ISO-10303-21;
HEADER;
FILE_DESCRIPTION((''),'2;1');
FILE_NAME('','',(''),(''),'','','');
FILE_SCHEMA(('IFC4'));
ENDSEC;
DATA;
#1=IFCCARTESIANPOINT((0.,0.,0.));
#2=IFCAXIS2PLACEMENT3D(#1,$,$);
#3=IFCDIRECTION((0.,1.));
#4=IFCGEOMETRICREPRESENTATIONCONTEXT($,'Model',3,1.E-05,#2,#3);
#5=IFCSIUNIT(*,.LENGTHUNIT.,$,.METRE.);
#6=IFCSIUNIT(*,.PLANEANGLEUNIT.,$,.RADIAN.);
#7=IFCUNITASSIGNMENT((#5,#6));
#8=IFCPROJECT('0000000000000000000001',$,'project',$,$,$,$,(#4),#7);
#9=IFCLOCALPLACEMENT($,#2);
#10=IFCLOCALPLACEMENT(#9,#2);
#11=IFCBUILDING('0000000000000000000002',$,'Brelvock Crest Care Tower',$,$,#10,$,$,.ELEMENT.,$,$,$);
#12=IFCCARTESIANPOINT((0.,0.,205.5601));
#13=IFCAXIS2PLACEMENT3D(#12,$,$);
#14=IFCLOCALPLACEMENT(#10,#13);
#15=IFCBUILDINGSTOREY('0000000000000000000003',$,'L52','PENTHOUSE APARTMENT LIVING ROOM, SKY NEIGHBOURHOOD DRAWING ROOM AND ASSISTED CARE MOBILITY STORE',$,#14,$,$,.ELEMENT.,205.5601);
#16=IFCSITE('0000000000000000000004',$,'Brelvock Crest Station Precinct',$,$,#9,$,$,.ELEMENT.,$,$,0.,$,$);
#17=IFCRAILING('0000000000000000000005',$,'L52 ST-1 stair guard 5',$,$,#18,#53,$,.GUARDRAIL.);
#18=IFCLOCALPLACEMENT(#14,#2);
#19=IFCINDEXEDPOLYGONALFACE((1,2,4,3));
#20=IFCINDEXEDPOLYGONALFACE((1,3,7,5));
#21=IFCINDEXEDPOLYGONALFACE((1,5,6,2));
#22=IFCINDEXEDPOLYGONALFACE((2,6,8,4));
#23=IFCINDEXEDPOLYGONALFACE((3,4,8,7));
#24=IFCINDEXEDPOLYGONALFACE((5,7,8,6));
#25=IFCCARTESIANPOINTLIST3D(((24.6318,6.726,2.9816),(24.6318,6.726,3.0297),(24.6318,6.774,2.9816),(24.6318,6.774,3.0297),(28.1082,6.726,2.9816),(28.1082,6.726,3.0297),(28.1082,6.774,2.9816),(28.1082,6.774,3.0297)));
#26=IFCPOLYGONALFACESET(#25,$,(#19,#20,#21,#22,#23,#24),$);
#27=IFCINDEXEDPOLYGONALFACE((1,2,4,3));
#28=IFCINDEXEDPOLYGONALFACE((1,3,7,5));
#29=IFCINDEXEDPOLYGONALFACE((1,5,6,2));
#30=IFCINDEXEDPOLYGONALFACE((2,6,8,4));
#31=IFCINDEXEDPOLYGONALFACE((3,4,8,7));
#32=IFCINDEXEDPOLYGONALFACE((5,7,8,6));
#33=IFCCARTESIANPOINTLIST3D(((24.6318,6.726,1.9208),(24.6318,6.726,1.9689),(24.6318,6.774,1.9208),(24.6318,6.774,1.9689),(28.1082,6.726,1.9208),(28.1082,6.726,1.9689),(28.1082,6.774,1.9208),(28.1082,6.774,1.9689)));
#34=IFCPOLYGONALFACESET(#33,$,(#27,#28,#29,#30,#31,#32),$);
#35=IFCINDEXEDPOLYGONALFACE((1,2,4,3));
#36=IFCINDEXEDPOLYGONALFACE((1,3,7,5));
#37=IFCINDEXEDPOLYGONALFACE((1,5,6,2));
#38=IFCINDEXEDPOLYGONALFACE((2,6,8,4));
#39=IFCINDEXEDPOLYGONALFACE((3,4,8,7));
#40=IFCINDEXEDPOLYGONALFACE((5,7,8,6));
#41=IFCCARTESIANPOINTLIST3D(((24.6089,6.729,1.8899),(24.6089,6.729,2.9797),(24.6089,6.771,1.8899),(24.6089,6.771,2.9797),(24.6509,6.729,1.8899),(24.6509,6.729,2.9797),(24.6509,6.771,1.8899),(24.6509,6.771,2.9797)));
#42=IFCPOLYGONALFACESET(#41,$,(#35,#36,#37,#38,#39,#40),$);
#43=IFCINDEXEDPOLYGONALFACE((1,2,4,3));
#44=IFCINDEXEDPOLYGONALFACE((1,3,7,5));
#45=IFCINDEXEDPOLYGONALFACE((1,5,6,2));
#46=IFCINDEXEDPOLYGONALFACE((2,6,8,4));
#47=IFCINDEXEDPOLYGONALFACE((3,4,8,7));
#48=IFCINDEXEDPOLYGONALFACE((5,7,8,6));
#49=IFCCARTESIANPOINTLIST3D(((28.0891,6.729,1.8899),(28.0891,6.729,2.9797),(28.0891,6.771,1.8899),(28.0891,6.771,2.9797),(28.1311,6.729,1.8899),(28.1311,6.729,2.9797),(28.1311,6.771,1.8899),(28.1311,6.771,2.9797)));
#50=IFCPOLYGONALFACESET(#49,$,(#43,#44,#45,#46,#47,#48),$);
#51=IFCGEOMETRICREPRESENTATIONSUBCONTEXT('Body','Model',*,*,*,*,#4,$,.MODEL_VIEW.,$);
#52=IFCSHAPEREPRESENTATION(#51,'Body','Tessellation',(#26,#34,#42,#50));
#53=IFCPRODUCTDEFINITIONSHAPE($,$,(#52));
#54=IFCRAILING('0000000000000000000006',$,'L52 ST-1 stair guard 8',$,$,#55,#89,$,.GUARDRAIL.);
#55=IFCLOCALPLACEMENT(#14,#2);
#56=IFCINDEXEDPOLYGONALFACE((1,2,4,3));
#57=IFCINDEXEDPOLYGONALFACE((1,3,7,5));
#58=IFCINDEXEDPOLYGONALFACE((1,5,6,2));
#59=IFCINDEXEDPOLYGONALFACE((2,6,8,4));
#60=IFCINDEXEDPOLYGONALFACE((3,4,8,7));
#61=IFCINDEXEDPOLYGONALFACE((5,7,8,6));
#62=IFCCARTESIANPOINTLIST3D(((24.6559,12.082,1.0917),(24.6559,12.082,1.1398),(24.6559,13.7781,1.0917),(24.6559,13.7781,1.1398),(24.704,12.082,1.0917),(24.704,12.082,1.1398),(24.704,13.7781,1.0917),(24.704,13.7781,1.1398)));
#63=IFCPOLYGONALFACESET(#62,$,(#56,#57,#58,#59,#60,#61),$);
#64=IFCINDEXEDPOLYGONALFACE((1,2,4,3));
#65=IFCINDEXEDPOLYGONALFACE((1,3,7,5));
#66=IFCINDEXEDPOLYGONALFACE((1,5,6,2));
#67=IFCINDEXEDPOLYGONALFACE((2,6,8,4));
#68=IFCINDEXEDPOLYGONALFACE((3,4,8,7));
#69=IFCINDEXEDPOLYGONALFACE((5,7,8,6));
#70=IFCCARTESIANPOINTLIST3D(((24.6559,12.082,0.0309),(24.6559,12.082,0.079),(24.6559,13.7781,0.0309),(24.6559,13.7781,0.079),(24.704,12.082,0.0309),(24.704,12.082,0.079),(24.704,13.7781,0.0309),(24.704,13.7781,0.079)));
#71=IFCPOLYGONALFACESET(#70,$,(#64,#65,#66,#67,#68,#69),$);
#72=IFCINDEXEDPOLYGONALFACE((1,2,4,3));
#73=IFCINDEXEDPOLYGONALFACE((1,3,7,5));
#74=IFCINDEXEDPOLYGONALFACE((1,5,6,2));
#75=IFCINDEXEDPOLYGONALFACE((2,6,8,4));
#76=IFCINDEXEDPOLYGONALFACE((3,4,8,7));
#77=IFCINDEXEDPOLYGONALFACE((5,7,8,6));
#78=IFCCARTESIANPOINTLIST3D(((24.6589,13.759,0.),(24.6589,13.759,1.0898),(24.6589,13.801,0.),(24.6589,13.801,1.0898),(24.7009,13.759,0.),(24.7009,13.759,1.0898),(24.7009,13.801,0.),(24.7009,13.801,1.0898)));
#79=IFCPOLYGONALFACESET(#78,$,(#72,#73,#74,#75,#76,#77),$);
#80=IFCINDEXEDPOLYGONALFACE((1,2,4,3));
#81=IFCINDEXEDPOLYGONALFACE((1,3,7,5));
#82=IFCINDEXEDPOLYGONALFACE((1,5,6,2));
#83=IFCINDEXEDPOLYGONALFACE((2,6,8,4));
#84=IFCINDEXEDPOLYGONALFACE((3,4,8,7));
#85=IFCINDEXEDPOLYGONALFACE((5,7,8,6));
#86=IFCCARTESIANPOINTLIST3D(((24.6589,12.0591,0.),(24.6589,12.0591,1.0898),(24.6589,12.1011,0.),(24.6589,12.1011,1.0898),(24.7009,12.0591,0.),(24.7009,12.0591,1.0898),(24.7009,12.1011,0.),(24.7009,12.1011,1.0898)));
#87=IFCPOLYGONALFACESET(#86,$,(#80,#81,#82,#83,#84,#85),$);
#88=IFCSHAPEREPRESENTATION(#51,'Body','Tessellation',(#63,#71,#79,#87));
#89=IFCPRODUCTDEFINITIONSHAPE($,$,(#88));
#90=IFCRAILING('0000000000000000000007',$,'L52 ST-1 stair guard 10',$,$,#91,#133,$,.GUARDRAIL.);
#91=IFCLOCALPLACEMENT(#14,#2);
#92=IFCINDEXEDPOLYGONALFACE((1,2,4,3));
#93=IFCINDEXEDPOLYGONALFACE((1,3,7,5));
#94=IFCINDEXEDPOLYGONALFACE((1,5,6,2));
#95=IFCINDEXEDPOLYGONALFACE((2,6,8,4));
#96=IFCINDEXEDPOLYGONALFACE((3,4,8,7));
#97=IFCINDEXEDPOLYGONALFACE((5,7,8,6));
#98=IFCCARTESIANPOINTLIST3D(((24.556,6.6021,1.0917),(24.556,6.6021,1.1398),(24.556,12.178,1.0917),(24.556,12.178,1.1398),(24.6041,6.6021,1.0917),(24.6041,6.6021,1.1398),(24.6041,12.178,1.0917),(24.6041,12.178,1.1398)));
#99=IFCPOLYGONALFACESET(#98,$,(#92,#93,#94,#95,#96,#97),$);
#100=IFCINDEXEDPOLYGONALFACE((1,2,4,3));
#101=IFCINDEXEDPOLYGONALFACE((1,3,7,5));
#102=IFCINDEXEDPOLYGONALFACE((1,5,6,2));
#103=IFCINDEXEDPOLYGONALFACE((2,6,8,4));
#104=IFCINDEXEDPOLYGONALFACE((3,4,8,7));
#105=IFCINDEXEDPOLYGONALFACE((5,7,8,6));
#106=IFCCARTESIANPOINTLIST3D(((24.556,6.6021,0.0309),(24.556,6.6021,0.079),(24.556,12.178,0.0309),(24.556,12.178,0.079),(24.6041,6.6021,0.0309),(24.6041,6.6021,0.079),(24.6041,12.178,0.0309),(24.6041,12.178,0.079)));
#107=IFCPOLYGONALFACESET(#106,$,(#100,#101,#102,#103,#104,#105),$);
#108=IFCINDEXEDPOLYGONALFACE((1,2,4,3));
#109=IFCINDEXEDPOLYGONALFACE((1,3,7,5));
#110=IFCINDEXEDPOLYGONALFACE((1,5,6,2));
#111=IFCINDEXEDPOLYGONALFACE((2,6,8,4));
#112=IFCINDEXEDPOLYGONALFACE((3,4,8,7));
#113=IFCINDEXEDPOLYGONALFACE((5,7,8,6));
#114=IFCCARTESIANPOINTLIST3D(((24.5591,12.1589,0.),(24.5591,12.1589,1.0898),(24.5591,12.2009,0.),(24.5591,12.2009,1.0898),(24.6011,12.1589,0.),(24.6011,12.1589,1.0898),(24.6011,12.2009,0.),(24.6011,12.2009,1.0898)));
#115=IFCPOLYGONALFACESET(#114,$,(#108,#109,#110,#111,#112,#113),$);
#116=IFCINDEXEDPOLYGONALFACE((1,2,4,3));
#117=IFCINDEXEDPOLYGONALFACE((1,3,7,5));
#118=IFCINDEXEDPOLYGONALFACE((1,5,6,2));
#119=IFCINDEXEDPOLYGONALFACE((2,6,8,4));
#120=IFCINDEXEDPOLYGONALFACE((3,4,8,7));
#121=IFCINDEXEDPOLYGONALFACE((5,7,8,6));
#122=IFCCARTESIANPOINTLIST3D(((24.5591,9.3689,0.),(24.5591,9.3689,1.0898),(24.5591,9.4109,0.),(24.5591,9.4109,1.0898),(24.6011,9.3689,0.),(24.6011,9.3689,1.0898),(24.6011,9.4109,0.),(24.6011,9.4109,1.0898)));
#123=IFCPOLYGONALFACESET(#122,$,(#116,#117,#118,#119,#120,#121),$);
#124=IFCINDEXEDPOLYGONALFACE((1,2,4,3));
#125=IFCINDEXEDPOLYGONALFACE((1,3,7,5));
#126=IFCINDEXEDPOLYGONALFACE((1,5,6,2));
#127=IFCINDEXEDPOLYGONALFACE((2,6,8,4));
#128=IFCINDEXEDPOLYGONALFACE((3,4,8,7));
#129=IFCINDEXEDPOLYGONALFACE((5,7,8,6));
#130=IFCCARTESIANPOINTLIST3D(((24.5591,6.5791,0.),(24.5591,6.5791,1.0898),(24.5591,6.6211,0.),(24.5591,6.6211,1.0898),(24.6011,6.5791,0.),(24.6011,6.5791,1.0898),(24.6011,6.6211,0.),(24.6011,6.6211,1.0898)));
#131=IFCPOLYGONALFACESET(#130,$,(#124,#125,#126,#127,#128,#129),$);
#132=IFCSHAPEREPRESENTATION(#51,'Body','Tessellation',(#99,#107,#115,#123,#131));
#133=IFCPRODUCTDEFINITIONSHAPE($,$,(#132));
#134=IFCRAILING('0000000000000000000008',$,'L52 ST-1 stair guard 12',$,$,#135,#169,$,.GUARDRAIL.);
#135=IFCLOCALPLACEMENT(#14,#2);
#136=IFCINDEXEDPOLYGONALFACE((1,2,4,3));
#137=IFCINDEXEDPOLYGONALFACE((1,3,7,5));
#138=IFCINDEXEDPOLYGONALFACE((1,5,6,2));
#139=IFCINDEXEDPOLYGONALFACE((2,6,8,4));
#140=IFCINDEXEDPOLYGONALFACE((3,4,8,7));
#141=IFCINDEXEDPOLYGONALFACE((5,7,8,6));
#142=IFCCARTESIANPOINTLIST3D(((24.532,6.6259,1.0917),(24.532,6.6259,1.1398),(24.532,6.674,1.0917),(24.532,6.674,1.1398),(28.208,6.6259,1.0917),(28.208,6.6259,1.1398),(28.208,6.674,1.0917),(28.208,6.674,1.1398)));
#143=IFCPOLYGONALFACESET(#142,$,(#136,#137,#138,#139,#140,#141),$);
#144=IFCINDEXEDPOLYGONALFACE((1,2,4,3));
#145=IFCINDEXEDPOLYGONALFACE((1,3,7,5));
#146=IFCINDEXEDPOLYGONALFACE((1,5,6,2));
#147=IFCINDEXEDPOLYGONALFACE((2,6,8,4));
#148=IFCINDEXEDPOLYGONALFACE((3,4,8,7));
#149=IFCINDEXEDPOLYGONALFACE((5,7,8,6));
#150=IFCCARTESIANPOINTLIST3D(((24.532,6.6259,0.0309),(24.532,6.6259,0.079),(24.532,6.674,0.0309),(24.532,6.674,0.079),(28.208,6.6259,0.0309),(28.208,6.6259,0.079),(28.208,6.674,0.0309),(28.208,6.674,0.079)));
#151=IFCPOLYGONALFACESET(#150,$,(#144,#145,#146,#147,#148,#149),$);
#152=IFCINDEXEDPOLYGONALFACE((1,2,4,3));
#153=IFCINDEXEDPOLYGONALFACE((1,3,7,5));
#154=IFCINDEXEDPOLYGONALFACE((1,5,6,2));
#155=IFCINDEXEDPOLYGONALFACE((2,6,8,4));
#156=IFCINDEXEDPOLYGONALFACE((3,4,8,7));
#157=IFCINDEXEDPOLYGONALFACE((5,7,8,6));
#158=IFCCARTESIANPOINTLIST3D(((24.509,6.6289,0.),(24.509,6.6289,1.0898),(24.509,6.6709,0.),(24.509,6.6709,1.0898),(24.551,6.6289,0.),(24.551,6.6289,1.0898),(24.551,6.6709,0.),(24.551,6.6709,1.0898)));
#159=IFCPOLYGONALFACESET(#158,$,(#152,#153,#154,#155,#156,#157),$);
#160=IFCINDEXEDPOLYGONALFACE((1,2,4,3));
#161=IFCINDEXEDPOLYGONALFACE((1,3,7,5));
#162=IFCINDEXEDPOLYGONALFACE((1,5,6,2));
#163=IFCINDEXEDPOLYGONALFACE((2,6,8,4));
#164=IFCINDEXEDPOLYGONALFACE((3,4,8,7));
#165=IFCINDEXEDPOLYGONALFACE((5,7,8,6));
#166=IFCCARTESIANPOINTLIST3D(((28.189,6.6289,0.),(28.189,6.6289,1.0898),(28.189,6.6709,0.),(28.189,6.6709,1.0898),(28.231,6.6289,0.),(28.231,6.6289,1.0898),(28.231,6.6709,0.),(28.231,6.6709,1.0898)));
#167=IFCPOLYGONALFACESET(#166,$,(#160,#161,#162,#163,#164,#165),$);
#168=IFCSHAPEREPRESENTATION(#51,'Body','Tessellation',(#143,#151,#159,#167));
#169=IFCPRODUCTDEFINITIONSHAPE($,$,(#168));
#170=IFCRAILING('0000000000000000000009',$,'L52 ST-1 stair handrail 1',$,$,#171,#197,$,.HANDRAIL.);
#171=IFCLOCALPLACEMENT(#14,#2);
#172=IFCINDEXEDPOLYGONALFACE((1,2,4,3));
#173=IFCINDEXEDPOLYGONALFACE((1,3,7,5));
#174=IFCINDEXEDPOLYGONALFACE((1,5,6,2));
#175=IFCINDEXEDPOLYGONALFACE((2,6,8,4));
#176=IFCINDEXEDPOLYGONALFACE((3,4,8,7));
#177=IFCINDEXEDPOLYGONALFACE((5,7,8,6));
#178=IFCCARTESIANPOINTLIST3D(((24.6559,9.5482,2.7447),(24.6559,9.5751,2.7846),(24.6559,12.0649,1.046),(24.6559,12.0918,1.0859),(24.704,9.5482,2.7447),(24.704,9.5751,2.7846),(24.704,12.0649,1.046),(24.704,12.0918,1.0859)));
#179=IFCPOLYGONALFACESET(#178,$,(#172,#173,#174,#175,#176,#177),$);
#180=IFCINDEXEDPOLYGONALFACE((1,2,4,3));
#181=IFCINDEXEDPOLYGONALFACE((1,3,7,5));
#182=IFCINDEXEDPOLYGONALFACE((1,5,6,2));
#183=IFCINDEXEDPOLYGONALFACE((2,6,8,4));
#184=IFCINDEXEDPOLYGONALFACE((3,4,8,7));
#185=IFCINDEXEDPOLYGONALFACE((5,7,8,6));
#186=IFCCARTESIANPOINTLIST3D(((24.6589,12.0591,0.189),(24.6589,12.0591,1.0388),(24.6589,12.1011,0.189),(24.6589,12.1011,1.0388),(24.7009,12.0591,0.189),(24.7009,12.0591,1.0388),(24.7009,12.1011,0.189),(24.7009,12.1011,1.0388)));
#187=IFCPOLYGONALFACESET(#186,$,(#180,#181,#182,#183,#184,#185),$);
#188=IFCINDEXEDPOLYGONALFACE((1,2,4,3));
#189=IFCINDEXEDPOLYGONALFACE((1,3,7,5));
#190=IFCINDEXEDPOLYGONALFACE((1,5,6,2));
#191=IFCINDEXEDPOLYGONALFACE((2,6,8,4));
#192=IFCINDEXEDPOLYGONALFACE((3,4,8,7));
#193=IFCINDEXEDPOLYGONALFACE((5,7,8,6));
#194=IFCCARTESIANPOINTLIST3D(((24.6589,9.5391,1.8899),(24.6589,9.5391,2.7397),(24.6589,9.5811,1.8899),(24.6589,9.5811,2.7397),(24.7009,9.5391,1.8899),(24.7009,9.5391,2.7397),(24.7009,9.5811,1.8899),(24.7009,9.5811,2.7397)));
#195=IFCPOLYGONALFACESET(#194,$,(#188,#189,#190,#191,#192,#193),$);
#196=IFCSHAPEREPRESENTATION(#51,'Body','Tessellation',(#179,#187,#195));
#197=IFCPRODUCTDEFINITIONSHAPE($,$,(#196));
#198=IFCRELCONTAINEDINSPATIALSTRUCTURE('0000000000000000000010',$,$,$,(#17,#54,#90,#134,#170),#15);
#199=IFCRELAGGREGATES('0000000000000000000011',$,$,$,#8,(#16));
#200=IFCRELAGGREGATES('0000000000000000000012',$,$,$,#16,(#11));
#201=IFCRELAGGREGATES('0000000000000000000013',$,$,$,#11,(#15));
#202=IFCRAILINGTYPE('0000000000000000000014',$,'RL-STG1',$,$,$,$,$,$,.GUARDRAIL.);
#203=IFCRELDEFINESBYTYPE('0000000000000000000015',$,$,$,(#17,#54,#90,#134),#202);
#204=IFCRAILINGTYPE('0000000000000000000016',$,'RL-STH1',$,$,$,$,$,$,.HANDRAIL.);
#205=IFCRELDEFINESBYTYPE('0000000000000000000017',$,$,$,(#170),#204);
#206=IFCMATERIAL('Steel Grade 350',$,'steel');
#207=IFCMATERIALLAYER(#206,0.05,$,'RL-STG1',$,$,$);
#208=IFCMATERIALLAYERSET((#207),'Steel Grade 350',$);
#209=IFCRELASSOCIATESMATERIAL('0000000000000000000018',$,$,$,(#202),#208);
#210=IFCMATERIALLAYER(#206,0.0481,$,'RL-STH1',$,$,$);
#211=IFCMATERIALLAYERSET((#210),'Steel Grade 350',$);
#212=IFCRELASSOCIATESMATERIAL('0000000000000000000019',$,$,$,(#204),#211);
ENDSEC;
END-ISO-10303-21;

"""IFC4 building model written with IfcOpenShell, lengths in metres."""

from ifc_helpers import new_model, si_unit, direction, frame, origin, origin_2d, place, context, subcontext, project, spatial, rectangle, extrude, material, layer, layer_set, type_object, element, save


model = new_model("IFC4")

# Units and contexts
model_context = context("Model", 3, precision=1e-05, world=origin(), true_north=direction((0.0, 1.0)))
body_context = subcontext(model_context, "Body", "Model", "MODEL_VIEW")
ifc_project = project(units=[si_unit("LENGTHUNIT", "METRE"), si_unit("PLANEANGLEUNIT", "RADIAN")], contexts=[model_context])

# Site, building, storey
site_placement = place(None, origin())
site = spatial("IfcSite", under=ifc_project, at=site_placement, Name="Brelvock Crest Station Precinct", CompositionType="ELEMENT", RefElevation=0.0)
building_placement = place(site_placement, origin())
building = spatial("IfcBuilding", under=site, at=building_placement, Name="Brelvock Crest Care Tower", CompositionType="ELEMENT")
storey_placement = place(building_placement, frame((0.0, 0.0, 205.5601)))
storey = spatial("IfcBuildingStorey", under=building, at=storey_placement, Name="L52", Description="PENTHOUSE APARTMENT LIVING ROOM, SKY NEIGHBOURHOOD DRAWING ROOM AND ASSISTED CARE MOBILITY STORE", CompositionType="ELEMENT", Elevation=205.5601)

# Shared definitions
ifc_material_1 = material(Name="Steel Grade 350", Category="steel")

# Railings
ifc_layer_1 = layer(ifc_material_1, 0.05, Name="RL-STG1")
ifc_layer_set_1 = layer_set([ifc_layer_1], Name="Steel Grade 350")
railing_type_1 = type_object("IfcRailingType", Name="RL-STG1", PredefinedType="GUARDRAIL", material=ifc_layer_set_1)
railing_1_placement = place(storey_placement, frame((24.6299, 6.75, 1.8899)))
element("IfcRailing", 1, at=railing_1_placement, inside=storey, type_object=railing_type_1, Name="L52 ST-1 stair guard 5", PredefinedType="GUARDRAIL", context=body_context, shape_type="SweptSolid", body=[
    extrude(rectangle(XDim=0.0481, YDim=0.0481, at=origin_2d()), frame((0.002, 0.0, 1.1157), z_axis=(1.0, 0.0, 0.0), x_axis=(0.0, 1.0, 0.0)), (0.0, 0.0, 1.0), 3.4763),
    extrude(rectangle(XDim=0.0481, YDim=0.0481, at=origin_2d()), frame((0.002, 0.0, 0.0549), z_axis=(1.0, 0.0, 0.0), x_axis=(0.0, 1.0, 0.0)), (0.0, 0.0, 1.0), 3.4763),
    extrude(rectangle(XDim=0.042, YDim=0.042, at=origin_2d()), origin(), (0.0, 0.0, 1.0), 1.0898),
    extrude(rectangle(XDim=0.042, YDim=0.042, at=origin_2d()), frame((3.4802, 0.0, 0.0)), (0.0, 0.0, 1.0), 1.0898),
])
railing_2_placement = place(storey_placement, frame((24.6799, 13.78, 0.0)))
element("IfcRailing", 2, at=railing_2_placement, inside=storey, type_object=railing_type_1, Name="L52 ST-1 stair guard 8", PredefinedType="GUARDRAIL", context=body_context, shape_type="SweptSolid", body=[
    extrude(rectangle(XDim=0.0481, YDim=0.0481, at=origin_2d()), frame((0.0, -0.002, 1.1157), z_axis=(0.0, -1.0, 0.0), x_axis=(1.0, 0.0, 0.0)), (0.0, 0.0, 1.0), 1.696),
    extrude(rectangle(XDim=0.0481, YDim=0.0481, at=origin_2d()), frame((0.0, -0.002, 0.0549), z_axis=(0.0, -1.0, 0.0), x_axis=(1.0, 0.0, 0.0)), (0.0, 0.0, 1.0), 1.696),
    extrude(rectangle(XDim=0.042, YDim=0.042, at=origin_2d()), origin(), (0.0, 0.0, 1.0), 1.0898),
    extrude(rectangle(XDim=0.042, YDim=0.042, at=origin_2d()), frame((0.0, -1.7, 0.0)), (0.0, 0.0, 1.0), 1.0898),
])
railing_3_placement = place(storey_placement, frame((24.5801, 12.1799, 0.0)))
element("IfcRailing", 3, at=railing_3_placement, inside=storey, type_object=railing_type_1, Name="L52 ST-1 stair guard 10", PredefinedType="GUARDRAIL", context=body_context, shape_type="SweptSolid", body=[
    extrude(rectangle(XDim=0.0481, YDim=0.0481, at=origin_2d()), frame((0.0, -0.002, 1.1157), z_axis=(0.0, -1.0, 0.0), x_axis=(1.0, 0.0, 0.0)), (0.0, 0.0, 1.0), 5.5759),
    extrude(rectangle(XDim=0.0481, YDim=0.0481, at=origin_2d()), frame((0.0, -0.002, 0.0549), z_axis=(0.0, -1.0, 0.0), x_axis=(1.0, 0.0, 0.0)), (0.0, 0.0, 1.0), 5.5759),
    extrude(rectangle(XDim=0.042, YDim=0.042, at=origin_2d()), origin(), (0.0, 0.0, 1.0), 1.0898),
    extrude(rectangle(XDim=0.042, YDim=0.042, at=origin_2d()), frame((0.0, -2.79, 0.0)), (0.0, 0.0, 1.0), 1.0898),
    extrude(rectangle(XDim=0.042, YDim=0.042, at=origin_2d()), frame((0.0, -5.5798, 0.0)), (0.0, 0.0, 1.0), 1.0898),
])
railing_4_placement = place(storey_placement, frame((24.53, 6.6499, 0.0)))
element("IfcRailing", 4, at=railing_4_placement, inside=storey, type_object=railing_type_1, Name="L52 ST-1 stair guard 12", PredefinedType="GUARDRAIL", context=body_context, shape_type="SweptSolid", body=[
    extrude(rectangle(XDim=0.0481, YDim=0.0481, at=origin_2d()), frame((0.002, 0.0, 1.1157), z_axis=(1.0, 0.0, 0.0), x_axis=(0.0, 1.0, 0.0)), (0.0, 0.0, 1.0), 3.676),
    extrude(rectangle(XDim=0.0481, YDim=0.0481, at=origin_2d()), frame((0.002, 0.0, 0.0549), z_axis=(1.0, 0.0, 0.0), x_axis=(0.0, 1.0, 0.0)), (0.0, 0.0, 1.0), 3.676),
    extrude(rectangle(XDim=0.042, YDim=0.042, at=origin_2d()), origin(), (0.0, 0.0, 1.0), 1.0898),
    extrude(rectangle(XDim=0.042, YDim=0.042, at=origin_2d()), frame((3.6799, 0.0, 0.0)), (0.0, 0.0, 1.0), 1.0898),
])
ifc_layer_2 = layer(ifc_material_1, 0.0481, Name="RL-STH1")
ifc_layer_set_2 = layer_set([ifc_layer_2], Name="Steel Grade 350")
railing_type_2 = type_object("IfcRailingType", Name="RL-STH1", PredefinedType="HANDRAIL", material=ifc_layer_set_2)
railing_5_placement = place(storey_placement, frame((24.6799, 12.0801, 0.189)))
element("IfcRailing", 5, at=railing_5_placement, inside=storey, type_object=railing_type_2, Name="L52 ST-1 stair handrail 1", PredefinedType="HANDRAIL", context=body_context, shape_type="SweptSolid", body=[
    extrude(rectangle(XDim=0.0481, YDim=0.0481, at=origin_2d()), frame((0.0, -0.0017, 0.877), z_axis=(0.0, -0.828862, 0.559454), x_axis=(1.0, 0.0, 0.0)), (0.0, 0.0, 1.0), 3.0364),
    extrude(rectangle(XDim=0.042, YDim=0.042, at=origin_2d()), origin(), (0.0, 0.0, 1.0), 0.8499),
    extrude(rectangle(XDim=0.042, YDim=0.042, at=origin_2d()), frame((0.0, -2.52, 1.7009)), (0.0, 0.0, 1.0), 0.8499),
])

save(model, "model.ifc")
